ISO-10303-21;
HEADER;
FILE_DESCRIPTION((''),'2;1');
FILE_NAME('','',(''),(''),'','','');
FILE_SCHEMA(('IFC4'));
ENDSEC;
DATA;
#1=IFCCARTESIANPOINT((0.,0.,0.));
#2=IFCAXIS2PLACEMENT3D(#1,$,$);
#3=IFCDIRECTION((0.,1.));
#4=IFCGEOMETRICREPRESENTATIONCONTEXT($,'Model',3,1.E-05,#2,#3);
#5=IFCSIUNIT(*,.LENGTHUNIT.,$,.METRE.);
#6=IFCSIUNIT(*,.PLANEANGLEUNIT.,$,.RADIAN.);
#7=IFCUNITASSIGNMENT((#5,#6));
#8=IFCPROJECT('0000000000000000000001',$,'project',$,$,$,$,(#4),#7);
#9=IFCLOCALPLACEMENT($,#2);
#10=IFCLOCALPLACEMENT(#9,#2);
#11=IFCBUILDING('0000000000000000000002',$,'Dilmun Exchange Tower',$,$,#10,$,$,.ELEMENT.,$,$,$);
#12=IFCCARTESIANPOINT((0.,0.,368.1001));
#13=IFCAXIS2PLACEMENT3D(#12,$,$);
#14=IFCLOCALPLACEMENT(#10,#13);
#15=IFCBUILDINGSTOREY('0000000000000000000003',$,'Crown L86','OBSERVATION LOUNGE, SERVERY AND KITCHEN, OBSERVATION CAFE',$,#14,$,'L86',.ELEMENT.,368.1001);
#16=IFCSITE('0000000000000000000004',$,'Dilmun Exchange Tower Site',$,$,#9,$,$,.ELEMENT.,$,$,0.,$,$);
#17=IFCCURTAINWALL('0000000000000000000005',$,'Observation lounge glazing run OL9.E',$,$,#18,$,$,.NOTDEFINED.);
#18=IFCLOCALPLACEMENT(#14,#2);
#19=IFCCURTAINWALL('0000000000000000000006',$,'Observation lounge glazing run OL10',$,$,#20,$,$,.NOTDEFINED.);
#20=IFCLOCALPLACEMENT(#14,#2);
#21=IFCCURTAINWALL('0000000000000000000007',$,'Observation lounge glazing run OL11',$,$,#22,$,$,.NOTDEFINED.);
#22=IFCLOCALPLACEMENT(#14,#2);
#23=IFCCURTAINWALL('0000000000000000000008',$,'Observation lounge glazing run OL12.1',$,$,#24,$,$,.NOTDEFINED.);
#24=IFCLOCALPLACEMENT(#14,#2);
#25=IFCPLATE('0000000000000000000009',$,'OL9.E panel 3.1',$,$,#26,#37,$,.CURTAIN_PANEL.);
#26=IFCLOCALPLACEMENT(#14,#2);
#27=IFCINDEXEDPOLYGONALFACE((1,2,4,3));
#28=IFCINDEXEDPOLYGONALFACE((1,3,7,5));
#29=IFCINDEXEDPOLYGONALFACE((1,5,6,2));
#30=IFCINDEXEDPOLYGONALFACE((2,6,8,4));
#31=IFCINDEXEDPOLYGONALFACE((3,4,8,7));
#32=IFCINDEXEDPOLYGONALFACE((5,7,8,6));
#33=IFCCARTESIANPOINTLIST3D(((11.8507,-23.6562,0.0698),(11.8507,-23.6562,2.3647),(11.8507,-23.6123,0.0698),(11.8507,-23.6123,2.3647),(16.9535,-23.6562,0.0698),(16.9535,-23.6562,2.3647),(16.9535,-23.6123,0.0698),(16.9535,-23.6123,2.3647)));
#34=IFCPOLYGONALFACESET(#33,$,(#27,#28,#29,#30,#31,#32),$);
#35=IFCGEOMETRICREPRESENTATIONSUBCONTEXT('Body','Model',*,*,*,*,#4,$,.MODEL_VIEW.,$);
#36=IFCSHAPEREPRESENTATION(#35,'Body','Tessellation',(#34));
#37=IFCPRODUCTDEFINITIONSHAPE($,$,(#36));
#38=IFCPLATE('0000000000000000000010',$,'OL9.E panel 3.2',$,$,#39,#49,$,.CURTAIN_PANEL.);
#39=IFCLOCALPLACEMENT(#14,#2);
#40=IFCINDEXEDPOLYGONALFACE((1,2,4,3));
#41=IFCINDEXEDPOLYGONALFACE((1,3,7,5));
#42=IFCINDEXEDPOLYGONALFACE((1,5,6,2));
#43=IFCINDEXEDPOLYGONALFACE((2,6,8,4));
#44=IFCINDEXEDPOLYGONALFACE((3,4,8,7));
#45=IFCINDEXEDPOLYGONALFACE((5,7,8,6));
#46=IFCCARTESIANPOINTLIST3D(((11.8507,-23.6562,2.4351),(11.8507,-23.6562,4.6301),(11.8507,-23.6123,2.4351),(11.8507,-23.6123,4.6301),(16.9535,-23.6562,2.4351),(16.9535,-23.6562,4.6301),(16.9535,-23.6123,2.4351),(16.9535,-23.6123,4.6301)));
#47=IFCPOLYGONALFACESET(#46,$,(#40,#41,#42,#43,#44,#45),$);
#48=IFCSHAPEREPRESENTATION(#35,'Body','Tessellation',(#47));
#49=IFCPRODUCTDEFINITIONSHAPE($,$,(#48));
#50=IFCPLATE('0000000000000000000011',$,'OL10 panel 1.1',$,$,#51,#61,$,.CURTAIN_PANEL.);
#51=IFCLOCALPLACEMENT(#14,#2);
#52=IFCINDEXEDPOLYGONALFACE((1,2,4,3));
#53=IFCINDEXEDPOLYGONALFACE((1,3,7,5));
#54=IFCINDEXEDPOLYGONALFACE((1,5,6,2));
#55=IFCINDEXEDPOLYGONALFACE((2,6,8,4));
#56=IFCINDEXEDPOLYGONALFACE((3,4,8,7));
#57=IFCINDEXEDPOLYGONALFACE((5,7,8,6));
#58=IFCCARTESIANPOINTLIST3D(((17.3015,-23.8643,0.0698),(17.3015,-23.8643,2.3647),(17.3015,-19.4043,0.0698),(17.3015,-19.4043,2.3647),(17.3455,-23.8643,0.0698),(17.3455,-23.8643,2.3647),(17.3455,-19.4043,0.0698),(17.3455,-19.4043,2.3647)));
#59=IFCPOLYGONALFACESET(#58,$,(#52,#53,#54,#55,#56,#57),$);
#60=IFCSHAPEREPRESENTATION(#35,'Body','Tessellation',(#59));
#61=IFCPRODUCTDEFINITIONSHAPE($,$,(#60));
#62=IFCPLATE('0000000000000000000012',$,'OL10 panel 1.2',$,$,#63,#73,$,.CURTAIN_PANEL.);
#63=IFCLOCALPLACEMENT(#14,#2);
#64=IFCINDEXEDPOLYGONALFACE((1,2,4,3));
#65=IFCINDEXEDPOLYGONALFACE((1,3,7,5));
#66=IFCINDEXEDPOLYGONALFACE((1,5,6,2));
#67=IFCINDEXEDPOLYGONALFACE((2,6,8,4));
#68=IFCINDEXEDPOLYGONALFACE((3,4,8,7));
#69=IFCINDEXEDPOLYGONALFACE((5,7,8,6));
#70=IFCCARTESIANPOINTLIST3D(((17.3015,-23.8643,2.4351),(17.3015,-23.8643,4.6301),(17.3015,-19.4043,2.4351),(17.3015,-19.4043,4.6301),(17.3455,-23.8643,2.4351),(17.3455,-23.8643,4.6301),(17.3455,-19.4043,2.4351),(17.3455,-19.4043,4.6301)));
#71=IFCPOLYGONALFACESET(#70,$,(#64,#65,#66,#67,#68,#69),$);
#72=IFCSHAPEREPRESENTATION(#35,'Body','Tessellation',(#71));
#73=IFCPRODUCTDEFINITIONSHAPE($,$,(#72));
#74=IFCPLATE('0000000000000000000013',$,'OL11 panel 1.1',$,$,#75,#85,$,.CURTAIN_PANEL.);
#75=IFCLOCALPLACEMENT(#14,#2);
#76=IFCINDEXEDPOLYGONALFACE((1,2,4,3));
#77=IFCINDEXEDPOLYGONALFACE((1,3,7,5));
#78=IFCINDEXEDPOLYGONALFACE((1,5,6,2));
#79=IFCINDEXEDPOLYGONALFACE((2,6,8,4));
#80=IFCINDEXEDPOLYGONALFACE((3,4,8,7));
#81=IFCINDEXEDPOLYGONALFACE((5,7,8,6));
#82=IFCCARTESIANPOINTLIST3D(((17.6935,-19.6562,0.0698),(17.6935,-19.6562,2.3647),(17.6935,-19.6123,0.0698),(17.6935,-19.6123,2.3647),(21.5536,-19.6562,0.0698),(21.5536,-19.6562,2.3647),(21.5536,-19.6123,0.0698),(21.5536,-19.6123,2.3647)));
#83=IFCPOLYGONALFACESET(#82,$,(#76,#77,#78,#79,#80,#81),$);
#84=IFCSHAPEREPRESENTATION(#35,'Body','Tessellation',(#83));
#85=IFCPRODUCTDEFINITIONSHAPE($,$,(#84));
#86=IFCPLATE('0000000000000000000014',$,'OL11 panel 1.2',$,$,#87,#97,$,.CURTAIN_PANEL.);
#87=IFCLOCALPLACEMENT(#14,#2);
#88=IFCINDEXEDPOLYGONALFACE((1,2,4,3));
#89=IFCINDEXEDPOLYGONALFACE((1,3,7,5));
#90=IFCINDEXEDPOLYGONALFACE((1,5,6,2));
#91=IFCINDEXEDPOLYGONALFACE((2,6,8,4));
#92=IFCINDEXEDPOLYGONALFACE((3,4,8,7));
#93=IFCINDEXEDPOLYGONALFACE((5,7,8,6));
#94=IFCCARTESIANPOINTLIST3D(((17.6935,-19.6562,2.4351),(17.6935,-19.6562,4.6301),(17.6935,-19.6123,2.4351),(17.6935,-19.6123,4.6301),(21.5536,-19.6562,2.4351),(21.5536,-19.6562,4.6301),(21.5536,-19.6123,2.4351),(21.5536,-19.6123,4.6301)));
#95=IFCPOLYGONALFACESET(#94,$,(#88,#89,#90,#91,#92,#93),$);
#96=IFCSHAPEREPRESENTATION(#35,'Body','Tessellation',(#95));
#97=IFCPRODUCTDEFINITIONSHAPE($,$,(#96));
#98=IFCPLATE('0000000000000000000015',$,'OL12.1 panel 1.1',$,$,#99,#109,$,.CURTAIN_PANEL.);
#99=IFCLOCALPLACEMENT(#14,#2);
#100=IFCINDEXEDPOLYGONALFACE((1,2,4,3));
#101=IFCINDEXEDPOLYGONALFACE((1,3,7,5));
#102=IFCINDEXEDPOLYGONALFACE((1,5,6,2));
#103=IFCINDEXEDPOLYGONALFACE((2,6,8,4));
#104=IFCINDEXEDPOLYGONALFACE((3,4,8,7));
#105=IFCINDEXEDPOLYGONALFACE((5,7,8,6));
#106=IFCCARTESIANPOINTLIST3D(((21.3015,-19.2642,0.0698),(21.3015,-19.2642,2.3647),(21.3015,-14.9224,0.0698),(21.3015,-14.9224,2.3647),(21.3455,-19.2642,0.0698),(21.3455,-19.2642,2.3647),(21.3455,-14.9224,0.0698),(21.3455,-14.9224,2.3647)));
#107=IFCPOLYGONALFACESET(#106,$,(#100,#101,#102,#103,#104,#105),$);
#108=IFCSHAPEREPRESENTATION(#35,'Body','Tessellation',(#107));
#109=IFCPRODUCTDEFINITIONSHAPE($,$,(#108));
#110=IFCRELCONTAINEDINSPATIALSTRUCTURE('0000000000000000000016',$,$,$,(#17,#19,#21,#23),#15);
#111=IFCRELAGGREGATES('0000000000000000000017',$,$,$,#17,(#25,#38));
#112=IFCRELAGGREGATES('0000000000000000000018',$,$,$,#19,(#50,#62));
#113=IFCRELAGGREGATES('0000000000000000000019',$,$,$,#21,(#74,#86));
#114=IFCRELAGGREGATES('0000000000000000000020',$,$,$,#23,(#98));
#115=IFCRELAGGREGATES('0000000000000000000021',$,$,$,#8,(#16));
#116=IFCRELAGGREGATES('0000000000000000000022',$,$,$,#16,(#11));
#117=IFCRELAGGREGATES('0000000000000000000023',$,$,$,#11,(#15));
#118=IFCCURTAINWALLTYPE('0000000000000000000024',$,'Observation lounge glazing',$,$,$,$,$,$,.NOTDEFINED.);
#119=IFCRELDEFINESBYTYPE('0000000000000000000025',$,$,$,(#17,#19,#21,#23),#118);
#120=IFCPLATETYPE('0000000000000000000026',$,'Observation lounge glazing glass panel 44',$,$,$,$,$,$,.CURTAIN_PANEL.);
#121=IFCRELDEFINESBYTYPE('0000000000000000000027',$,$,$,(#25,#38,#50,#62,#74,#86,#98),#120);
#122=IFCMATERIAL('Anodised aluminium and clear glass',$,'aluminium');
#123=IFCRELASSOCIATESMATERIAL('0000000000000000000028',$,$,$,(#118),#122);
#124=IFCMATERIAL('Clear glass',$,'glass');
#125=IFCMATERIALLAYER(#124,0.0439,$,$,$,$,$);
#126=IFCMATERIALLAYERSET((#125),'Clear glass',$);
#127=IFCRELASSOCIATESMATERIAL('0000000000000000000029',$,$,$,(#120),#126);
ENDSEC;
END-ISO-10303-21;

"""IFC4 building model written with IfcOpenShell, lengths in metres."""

from ifc_helpers import new_model, si_unit, direction, frame, origin, origin_2d, place, context, subcontext, project, spatial, rectangle, extrude, material, layer, layer_set, type_object, element, aggregate, save


model = new_model("IFC4")

# Units and contexts
model_context = context("Model", 3, precision=1e-05, world=origin(), true_north=direction((0.0, 1.0)))
body_context = subcontext(model_context, "Body", "Model", "MODEL_VIEW")
ifc_project = project(units=[si_unit("LENGTHUNIT", "METRE"), si_unit("PLANEANGLEUNIT", "RADIAN")], contexts=[model_context])

# Site, building, storey
site_placement = place(None, origin())
site = spatial("IfcSite", under=ifc_project, at=site_placement, Name="Dilmun Exchange Tower Site", CompositionType="ELEMENT", RefElevation=0.0)
building_placement = place(site_placement, origin())
building = spatial("IfcBuilding", under=site, at=building_placement, Name="Dilmun Exchange Tower", CompositionType="ELEMENT")
storey_placement = place(building_placement, frame((0.0, 0.0, 368.1001)))
storey = spatial("IfcBuildingStorey", under=building, at=storey_placement, Name="Crown L86", Description="OBSERVATION LOUNGE, SERVERY AND KITCHEN, OBSERVATION CAFE", LongName="L86", CompositionType="ELEMENT", Elevation=368.1001)

# Curtain wall
ifc_material_1 = material(Name="Anodised aluminium and clear glass", Category="aluminium")
curtain_wall_type = type_object("IfcCurtainWallType", Name="Observation lounge glazing", PredefinedType="NOTDEFINED", material=ifc_material_1)
curtain_wall_1_placement = place(storey_placement, origin())
curtain_wall_1 = element("IfcCurtainWall", 1, at=curtain_wall_1_placement, inside=storey, type_object=curtain_wall_type, Name="Observation lounge glazing run OL9.E", PredefinedType="NOTDEFINED")

# Curtain walls
curtain_wall_2_placement = place(storey_placement, origin())
curtain_wall_2 = element("IfcCurtainWall", 2, at=curtain_wall_2_placement, inside=storey, type_object=curtain_wall_type, Name="Observation lounge glazing run OL10", PredefinedType="NOTDEFINED")
curtain_wall_3_placement = place(storey_placement, origin())
curtain_wall_3 = element("IfcCurtainWall", 3, at=curtain_wall_3_placement, inside=storey, type_object=curtain_wall_type, Name="Observation lounge glazing run OL11", PredefinedType="NOTDEFINED")

# Curtain wall
curtain_wall_4_placement = place(storey_placement, origin())
curtain_wall_4 = element("IfcCurtainWall", 4, at=curtain_wall_4_placement, inside=storey, type_object=curtain_wall_type, Name="Observation lounge glazing run OL12.1", PredefinedType="NOTDEFINED")

# Plates
ifc_material_2 = material(Name="Clear glass", Category="glass")
ifc_layer = layer(ifc_material_2, 0.0439)
ifc_layer_set = layer_set([ifc_layer], Name="Clear glass")
plate_type = type_object("IfcPlateType", Name="Observation lounge glazing glass panel 44", PredefinedType="CURTAIN_PANEL", material=ifc_layer_set)
plate_1_placement = place(storey_placement, frame((14.4021, -23.6343, 0.0698), z_axis=(0.0, 0.0, 1.0), x_axis=(1.0, 0.0, 0.0)))
plate_1 = element("IfcPlate", 5, at=plate_1_placement, type_object=plate_type, Name="OL9.E panel 3.1", PredefinedType="CURTAIN_PANEL", context=body_context, shape_type="SweptSolid", body=[
    extrude(rectangle(XDim=5.1028, YDim=0.0439, at=origin_2d()), origin(), (0.0, 0.0, 1.0), 2.2949),
])
plate_2_placement = place(storey_placement, frame((14.4021, -23.6343, 2.4351), z_axis=(0.0, 0.0, 1.0), x_axis=(1.0, 0.0, 0.0)))
plate_2 = element("IfcPlate", 6, at=plate_2_placement, type_object=plate_type, Name="OL9.E panel 3.2", PredefinedType="CURTAIN_PANEL", context=body_context, shape_type="SweptSolid", body=[
    extrude(rectangle(XDim=5.1028, YDim=0.0439, at=origin_2d()), origin(), (0.0, 0.0, 1.0), 2.1951),
])
aggregate(curtain_wall_1, [plate_1, plate_2])
plate_3_placement = place(storey_placement, frame((17.3235, -21.6343, 0.0698), z_axis=(0.0, 0.0, 1.0), x_axis=(0.0, 1.0, 0.0)))
plate_3 = element("IfcPlate", 7, at=plate_3_placement, type_object=plate_type, Name="OL10 panel 1.1", PredefinedType="CURTAIN_PANEL", context=body_context, shape_type="SweptSolid", body=[
    extrude(rectangle(XDim=4.46, YDim=0.0439, at=origin_2d()), origin(), (0.0, 0.0, 1.0), 2.2949),
])
plate_4_placement = place(storey_placement, frame((17.3235, -21.6343, 2.4351), z_axis=(0.0, 0.0, 1.0), x_axis=(0.0, 1.0, 0.0)))
plate_4 = element("IfcPlate", 8, at=plate_4_placement, type_object=plate_type, Name="OL10 panel 1.2", PredefinedType="CURTAIN_PANEL", context=body_context, shape_type="SweptSolid", body=[
    extrude(rectangle(XDim=4.46, YDim=0.0439, at=origin_2d()), origin(), (0.0, 0.0, 1.0), 2.1951),
])
aggregate(curtain_wall_2, [plate_3, plate_4])
plate_5_placement = place(storey_placement, frame((19.6235, -19.6343, 0.0698), z_axis=(0.0, 0.0, 1.0), x_axis=(1.0, 0.0, 0.0)))
plate_5 = element("IfcPlate", 9, at=plate_5_placement, type_object=plate_type, Name="OL11 panel 1.1", PredefinedType="CURTAIN_PANEL", context=body_context, shape_type="SweptSolid", body=[
    extrude(rectangle(XDim=3.8601, YDim=0.0439, at=origin_2d()), origin(), (0.0, 0.0, 1.0), 2.2949),
])
plate_6_placement = place(storey_placement, frame((19.6235, -19.6343, 2.4351), z_axis=(0.0, 0.0, 1.0), x_axis=(1.0, 0.0, 0.0)))
plate_6 = element("IfcPlate", 10, at=plate_6_placement, type_object=plate_type, Name="OL11 panel 1.2", PredefinedType="CURTAIN_PANEL", context=body_context, shape_type="SweptSolid", body=[
    extrude(rectangle(XDim=3.8601, YDim=0.0439, at=origin_2d()), origin(), (0.0, 0.0, 1.0), 2.1951),
])
aggregate(curtain_wall_3, [plate_5, plate_6])
plate_7_placement = place(storey_placement, frame((21.3235, -17.0933, 0.0698), z_axis=(0.0, 0.0, 1.0), x_axis=(0.0, 1.0, 0.0)))
plate_7 = element("IfcPlate", 11, at=plate_7_placement, type_object=plate_type, Name="OL12.1 panel 1.1", PredefinedType="CURTAIN_PANEL", context=body_context, shape_type="SweptSolid", body=[
    extrude(rectangle(XDim=4.3418, YDim=0.0439, at=origin_2d()), origin(), (0.0, 0.0, 1.0), 2.2949),
])
aggregate(curtain_wall_4, [plate_7])

save(model, "model.ifc")
